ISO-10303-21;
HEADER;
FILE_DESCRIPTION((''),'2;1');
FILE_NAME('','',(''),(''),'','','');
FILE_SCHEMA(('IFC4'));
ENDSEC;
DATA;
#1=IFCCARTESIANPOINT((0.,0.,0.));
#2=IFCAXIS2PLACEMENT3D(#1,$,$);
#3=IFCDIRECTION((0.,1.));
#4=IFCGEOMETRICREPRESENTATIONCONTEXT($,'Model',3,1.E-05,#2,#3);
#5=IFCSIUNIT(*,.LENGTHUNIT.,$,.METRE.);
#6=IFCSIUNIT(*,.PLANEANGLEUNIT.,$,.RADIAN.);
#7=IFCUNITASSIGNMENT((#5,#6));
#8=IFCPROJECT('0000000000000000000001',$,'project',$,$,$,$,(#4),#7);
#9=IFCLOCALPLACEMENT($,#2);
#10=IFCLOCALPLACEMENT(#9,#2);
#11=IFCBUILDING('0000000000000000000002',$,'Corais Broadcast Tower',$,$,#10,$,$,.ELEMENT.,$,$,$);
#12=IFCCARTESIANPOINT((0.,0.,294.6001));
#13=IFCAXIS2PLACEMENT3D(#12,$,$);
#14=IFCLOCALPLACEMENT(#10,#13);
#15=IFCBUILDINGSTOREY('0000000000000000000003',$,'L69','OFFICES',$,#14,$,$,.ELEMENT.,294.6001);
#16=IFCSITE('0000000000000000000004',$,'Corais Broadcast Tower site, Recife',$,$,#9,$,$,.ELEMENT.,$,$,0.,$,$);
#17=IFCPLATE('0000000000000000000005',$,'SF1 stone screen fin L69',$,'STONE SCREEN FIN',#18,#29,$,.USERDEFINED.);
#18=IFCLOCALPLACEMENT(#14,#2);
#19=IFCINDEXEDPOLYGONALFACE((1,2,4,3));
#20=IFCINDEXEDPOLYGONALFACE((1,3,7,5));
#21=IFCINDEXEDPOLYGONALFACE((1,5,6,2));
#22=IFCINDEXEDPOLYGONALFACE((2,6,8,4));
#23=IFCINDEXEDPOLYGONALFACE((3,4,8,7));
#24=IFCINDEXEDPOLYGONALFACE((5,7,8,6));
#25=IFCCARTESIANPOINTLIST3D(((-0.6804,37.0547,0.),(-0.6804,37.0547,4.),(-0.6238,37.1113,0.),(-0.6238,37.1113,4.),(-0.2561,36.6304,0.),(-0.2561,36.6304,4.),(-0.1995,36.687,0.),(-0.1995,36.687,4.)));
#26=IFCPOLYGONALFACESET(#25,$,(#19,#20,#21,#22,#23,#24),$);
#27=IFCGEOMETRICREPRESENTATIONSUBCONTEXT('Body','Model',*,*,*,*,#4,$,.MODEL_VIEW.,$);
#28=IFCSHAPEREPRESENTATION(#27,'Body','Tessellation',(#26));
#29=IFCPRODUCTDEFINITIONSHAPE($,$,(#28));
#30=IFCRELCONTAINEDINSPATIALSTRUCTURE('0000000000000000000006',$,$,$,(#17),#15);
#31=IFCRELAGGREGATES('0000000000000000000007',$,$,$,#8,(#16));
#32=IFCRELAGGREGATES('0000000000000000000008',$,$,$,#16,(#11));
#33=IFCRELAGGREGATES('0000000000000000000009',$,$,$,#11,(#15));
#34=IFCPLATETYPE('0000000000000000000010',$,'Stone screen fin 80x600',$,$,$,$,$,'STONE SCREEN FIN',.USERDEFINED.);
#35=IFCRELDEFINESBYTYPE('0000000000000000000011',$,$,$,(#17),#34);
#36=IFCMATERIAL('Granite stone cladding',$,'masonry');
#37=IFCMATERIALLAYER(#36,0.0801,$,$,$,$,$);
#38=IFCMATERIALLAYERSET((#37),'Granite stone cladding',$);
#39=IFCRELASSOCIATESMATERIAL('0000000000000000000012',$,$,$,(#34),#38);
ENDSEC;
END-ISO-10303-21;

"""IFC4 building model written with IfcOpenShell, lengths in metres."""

from ifc_helpers import new_model, si_unit, direction, frame, origin, origin_2d, place, context, subcontext, project, spatial, rectangle, extrude, material, layer, layer_set, type_object, element, save


model = new_model("IFC4")

# Units and contexts
model_context = context("Model", 3, precision=1e-05, world=origin(), true_north=direction((0.0, 1.0)))
body_context = subcontext(model_context, "Body", "Model", "MODEL_VIEW")
ifc_project = project(units=[si_unit("LENGTHUNIT", "METRE"), si_unit("PLANEANGLEUNIT", "RADIAN")], contexts=[model_context])

# Site, building, storey
site_placement = place(None, origin())
site = spatial("IfcSite", under=ifc_project, at=site_placement, Name="Corais Broadcast Tower site, Recife", CompositionType="ELEMENT", RefElevation=0.0)
building_placement = place(site_placement, origin())
building = spatial("IfcBuilding", under=site, at=building_placement, Name="Corais Broadcast Tower", CompositionType="ELEMENT")
storey_placement = place(building_placement, frame((0.0, 0.0, 294.6001)))
storey = spatial("IfcBuildingStorey", under=building, at=storey_placement, Name="L69", Description="OFFICES", CompositionType="ELEMENT", Elevation=294.6001)

# Plate
ifc_material_1 = material(Name="Granite stone cladding", Category="masonry")
ifc_layer_1 = layer(ifc_material_1, 0.0801)
ifc_layer_set_1 = layer_set([ifc_layer_1], Name="Granite stone cladding")
plate_type_1 = type_object("IfcPlateType", Name="Stone screen fin 80x600", ElementType="STONE SCREEN FIN", PredefinedType="USERDEFINED", material=ifc_layer_set_1)
plate_1_placement = place(storey_placement, frame((-0.4399, 36.8708, 0.0), z_axis=(0.0, 0.0, 1.0), x_axis=(0.707107, 0.707107, 0.0)))
element("IfcPlate", 1, at=plate_1_placement, inside=storey, type_object=plate_type_1, Name="SF1 stone screen fin L69", ObjectType="STONE SCREEN FIN", PredefinedType="USERDEFINED", context=body_context, shape_type="SweptSolid", body=[
    extrude(rectangle(XDim=0.0801, YDim=0.6001, at=origin_2d()), origin(), (0.0, 0.0, 1.0), 4.0),
])

save(model, "model.ifc")
